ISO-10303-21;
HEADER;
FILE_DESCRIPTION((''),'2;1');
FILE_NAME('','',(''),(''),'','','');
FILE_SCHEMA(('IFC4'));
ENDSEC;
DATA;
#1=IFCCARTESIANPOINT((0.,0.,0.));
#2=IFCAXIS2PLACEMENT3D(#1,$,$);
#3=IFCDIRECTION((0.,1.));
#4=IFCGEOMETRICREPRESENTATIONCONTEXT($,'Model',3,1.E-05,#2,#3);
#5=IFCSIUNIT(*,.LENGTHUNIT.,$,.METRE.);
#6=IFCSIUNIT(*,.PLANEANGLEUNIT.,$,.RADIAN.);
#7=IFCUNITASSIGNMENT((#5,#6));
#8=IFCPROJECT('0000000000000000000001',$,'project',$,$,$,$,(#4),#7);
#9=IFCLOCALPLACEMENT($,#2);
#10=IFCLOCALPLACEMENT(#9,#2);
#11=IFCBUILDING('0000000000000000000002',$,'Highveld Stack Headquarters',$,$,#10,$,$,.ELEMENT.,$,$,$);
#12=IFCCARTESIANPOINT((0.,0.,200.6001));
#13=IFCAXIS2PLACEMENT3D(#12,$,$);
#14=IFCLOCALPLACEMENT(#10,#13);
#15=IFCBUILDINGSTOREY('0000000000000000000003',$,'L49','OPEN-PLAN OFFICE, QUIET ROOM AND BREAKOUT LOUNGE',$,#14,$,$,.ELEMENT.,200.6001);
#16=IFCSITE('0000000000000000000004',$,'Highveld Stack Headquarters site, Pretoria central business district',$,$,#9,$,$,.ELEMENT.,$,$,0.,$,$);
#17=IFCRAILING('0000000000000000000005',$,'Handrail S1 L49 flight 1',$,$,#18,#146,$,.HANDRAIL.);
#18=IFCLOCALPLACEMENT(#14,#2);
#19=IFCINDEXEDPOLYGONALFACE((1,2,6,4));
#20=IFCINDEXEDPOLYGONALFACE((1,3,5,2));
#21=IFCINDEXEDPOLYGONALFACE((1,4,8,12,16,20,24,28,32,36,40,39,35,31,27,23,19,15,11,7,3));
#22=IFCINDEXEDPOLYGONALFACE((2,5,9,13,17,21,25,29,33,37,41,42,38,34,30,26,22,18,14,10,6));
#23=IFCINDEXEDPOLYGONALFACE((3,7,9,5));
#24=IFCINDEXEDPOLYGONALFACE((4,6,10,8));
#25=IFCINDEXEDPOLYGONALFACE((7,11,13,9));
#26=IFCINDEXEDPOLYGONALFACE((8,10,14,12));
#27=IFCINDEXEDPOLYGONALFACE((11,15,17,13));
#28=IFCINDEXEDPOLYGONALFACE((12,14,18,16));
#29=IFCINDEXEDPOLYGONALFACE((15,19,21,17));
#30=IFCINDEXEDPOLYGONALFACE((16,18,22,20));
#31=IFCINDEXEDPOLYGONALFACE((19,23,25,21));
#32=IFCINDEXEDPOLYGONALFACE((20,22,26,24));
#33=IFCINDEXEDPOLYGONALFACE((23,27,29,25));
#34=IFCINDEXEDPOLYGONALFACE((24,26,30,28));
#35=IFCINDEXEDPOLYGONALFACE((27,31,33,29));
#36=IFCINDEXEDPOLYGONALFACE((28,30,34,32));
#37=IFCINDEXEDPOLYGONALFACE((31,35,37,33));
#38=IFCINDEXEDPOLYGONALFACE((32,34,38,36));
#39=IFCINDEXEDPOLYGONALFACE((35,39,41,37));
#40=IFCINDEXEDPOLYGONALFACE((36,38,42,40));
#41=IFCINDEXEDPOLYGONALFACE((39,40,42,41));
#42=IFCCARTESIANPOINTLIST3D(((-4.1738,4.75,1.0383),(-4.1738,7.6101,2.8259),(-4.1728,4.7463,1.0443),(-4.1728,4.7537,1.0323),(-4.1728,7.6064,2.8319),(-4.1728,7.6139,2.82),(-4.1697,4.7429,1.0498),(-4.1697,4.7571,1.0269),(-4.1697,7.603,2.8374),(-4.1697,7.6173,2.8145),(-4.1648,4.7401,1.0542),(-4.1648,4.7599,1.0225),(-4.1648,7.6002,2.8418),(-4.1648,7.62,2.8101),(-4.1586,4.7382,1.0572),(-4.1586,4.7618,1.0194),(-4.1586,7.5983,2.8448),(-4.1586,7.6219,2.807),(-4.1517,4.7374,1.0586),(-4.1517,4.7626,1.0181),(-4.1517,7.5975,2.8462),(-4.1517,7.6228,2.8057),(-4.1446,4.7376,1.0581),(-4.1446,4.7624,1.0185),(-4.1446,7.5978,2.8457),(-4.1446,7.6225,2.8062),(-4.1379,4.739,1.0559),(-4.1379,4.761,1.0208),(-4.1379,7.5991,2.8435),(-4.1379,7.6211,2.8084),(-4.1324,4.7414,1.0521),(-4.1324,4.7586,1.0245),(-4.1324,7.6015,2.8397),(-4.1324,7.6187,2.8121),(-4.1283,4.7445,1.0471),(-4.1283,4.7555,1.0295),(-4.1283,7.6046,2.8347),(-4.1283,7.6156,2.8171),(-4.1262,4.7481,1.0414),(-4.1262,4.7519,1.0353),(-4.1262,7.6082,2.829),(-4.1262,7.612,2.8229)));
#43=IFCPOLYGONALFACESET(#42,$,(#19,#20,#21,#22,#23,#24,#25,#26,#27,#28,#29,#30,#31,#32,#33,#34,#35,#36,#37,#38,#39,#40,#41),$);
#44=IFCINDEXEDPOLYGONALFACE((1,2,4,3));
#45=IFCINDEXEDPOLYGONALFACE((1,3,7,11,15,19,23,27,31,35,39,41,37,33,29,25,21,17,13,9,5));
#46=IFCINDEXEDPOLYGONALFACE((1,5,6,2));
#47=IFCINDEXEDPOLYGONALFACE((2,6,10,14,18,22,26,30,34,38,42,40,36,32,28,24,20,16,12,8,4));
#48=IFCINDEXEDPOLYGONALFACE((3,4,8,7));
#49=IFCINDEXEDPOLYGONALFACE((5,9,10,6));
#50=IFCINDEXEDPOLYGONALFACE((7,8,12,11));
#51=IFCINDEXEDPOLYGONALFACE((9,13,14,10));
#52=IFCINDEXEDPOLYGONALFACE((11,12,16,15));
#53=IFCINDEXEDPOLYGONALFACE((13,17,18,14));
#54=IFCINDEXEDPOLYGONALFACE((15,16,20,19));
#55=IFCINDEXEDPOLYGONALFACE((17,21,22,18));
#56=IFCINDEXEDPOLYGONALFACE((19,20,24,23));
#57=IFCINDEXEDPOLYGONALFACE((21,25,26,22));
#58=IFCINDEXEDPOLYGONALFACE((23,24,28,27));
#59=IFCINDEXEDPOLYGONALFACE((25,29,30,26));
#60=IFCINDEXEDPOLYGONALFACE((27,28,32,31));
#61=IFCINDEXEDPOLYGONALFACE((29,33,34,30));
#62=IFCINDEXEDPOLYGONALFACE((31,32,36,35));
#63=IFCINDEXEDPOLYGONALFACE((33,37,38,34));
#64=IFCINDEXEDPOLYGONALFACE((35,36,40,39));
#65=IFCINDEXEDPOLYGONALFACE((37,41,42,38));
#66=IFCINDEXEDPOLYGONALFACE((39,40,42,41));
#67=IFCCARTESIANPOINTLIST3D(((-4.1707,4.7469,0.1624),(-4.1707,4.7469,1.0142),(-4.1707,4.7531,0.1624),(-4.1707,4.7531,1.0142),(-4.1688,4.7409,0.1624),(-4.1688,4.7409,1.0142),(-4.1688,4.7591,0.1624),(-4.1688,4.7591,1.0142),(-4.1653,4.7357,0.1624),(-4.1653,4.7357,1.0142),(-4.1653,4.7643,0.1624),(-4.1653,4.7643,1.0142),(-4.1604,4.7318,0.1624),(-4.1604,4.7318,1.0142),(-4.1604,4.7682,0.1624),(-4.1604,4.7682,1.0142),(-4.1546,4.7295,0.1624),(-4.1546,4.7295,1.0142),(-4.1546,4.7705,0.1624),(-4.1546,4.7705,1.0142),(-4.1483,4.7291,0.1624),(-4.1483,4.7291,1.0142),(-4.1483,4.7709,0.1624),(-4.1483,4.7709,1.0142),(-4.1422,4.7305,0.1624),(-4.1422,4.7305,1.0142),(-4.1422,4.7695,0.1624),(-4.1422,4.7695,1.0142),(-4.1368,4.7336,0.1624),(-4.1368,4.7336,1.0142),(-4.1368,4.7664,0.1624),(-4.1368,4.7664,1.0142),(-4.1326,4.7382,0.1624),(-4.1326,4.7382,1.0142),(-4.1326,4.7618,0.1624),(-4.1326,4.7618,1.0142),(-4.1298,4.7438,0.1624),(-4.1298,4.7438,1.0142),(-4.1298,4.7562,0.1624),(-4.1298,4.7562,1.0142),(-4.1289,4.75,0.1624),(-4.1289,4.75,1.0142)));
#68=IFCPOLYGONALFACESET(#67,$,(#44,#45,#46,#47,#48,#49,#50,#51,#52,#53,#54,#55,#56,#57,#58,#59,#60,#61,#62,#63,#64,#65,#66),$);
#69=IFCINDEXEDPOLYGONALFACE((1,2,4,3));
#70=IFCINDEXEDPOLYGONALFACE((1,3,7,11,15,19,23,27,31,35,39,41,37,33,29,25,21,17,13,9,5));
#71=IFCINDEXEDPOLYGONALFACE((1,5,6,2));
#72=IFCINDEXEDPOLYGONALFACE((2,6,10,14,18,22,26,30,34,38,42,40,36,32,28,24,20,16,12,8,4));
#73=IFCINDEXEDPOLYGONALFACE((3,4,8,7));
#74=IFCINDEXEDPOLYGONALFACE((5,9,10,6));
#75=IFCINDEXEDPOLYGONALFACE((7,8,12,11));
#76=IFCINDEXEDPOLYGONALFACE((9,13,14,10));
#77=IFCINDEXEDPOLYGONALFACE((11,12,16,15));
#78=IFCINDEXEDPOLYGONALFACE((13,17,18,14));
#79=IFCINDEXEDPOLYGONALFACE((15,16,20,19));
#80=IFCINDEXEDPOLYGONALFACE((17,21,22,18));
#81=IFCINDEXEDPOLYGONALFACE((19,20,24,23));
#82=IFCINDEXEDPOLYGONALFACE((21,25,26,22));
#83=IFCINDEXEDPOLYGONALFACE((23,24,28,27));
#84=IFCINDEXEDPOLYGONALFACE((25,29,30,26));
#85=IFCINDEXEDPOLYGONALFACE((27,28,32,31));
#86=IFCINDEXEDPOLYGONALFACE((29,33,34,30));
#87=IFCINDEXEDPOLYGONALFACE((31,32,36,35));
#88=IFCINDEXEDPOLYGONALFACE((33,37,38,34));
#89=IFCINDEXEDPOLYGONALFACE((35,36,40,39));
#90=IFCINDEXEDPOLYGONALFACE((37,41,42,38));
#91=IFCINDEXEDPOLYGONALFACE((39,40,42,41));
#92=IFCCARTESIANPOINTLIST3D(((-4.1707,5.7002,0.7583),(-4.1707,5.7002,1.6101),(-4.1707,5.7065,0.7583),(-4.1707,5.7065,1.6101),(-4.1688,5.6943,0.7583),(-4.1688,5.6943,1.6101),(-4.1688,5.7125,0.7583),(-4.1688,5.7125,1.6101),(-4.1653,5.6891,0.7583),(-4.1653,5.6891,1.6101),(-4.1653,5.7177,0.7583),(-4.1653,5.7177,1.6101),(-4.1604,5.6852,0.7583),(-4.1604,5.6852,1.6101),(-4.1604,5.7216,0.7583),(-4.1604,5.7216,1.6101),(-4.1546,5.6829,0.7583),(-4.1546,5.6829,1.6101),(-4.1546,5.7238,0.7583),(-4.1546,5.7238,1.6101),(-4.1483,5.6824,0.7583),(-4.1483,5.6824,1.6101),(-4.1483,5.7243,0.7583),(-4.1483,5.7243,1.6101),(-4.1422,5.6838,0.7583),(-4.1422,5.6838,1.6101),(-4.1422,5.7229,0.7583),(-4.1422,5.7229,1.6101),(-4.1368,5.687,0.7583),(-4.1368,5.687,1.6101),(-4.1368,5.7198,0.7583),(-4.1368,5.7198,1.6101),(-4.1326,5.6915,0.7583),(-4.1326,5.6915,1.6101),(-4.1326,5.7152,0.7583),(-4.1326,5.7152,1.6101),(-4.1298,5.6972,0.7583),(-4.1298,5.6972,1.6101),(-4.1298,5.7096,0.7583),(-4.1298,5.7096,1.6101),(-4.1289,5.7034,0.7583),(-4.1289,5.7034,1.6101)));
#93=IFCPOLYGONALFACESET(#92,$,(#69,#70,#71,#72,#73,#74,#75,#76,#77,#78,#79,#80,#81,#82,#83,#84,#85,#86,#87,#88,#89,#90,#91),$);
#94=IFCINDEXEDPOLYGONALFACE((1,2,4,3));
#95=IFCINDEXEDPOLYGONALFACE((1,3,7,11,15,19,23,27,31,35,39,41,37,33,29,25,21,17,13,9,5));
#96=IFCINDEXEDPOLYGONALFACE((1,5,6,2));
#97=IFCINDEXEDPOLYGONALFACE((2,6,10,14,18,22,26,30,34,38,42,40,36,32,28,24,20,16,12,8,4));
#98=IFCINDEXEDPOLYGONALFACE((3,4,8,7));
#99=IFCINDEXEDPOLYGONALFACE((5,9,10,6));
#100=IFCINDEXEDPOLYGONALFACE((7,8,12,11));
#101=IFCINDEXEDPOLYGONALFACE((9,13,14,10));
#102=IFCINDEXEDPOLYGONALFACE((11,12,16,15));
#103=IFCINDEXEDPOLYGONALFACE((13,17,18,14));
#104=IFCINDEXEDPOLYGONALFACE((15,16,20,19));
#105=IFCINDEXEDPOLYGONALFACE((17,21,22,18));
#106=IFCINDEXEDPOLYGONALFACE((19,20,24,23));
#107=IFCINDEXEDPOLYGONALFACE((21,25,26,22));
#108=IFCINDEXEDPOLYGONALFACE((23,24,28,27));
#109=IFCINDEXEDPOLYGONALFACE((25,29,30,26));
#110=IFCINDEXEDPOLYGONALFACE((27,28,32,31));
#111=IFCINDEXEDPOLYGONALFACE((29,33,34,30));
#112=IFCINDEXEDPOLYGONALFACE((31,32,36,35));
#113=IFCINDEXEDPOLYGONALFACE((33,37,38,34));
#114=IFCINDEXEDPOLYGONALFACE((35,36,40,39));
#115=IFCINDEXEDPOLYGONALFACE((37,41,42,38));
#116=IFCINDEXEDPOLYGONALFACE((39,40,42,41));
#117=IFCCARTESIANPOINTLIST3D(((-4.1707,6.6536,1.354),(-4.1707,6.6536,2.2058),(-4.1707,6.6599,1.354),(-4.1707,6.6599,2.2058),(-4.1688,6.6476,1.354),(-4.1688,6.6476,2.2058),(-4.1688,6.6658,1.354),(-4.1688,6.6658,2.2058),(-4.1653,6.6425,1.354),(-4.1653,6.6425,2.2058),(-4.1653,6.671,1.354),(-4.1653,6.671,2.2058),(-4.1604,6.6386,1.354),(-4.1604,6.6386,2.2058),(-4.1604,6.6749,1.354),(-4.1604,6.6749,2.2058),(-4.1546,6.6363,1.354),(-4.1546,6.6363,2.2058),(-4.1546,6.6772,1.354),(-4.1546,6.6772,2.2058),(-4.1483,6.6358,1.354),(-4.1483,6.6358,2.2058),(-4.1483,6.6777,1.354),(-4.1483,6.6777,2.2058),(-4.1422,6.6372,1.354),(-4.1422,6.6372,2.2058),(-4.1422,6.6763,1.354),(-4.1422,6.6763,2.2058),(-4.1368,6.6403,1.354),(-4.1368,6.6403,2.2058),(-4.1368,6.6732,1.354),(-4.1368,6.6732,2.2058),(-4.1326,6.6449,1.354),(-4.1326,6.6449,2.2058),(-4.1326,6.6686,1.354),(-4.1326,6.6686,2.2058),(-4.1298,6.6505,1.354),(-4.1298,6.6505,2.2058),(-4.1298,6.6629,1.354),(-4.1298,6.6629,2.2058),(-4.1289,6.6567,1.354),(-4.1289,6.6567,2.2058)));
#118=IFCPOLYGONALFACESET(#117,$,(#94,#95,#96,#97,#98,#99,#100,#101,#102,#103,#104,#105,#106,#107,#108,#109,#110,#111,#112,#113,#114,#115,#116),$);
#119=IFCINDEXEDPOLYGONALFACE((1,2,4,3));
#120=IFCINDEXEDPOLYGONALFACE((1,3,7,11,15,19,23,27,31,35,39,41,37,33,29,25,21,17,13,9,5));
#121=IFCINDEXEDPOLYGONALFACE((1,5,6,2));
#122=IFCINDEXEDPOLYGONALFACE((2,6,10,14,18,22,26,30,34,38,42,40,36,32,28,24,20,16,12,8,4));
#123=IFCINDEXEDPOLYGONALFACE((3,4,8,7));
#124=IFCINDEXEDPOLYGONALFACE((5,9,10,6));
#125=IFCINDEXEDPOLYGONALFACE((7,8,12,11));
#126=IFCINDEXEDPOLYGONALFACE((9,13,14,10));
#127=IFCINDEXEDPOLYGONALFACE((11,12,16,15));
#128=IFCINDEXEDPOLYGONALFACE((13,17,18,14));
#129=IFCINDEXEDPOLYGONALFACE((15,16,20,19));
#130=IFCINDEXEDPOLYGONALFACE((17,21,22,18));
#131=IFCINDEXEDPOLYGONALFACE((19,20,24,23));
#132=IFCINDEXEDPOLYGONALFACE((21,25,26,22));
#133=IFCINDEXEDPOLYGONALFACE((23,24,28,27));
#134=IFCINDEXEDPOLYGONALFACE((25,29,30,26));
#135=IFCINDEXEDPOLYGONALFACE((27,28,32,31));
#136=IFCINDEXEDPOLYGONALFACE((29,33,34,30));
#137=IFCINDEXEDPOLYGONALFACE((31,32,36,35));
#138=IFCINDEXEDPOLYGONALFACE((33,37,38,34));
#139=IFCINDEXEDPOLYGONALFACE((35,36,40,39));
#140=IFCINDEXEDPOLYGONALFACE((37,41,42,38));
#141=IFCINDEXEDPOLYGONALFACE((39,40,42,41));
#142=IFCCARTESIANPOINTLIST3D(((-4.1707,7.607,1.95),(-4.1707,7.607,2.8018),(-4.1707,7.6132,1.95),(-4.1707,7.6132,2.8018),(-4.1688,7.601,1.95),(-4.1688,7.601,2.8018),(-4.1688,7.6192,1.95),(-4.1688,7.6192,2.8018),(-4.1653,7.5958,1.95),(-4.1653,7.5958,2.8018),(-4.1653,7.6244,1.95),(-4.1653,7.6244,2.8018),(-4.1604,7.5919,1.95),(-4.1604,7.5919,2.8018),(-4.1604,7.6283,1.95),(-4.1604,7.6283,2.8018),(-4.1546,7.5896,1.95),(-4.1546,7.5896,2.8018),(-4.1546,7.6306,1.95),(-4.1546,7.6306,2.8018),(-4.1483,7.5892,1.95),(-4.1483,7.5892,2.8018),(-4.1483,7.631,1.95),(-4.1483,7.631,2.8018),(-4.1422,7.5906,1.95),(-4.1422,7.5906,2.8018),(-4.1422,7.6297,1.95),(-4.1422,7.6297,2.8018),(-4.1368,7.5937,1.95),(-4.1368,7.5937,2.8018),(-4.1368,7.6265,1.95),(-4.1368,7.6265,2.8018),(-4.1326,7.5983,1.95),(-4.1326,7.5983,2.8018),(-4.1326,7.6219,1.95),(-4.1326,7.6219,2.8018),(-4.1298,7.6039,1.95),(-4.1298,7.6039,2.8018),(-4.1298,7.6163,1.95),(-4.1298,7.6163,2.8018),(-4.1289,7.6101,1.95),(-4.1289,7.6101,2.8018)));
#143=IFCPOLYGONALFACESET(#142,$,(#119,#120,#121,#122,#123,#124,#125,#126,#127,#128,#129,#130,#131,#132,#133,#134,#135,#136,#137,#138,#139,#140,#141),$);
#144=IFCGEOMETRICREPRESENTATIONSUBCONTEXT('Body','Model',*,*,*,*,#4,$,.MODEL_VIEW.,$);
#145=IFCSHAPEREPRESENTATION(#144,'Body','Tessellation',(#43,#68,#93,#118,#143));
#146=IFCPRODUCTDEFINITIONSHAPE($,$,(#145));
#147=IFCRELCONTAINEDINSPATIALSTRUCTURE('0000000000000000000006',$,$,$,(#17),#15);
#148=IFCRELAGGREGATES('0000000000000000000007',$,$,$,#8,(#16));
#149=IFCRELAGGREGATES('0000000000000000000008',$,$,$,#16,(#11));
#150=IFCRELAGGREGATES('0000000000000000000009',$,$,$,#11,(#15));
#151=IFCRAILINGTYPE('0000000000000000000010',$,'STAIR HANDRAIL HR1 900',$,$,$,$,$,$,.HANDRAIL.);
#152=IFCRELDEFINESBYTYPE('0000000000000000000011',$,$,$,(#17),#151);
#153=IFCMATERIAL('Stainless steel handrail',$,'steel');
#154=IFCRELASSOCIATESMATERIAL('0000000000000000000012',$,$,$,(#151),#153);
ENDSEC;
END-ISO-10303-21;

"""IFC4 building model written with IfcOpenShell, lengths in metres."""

from ifc_helpers import new_model, si_unit, direction, frame, origin, origin_2d, place, context, subcontext, project, spatial, circle, extrude, material, type_object, element, save


model = new_model("IFC4")

# Units and contexts
model_context = context("Model", 3, precision=1e-05, world=origin(), true_north=direction((0.0, 1.0)))
body_context = subcontext(model_context, "Body", "Model", "MODEL_VIEW")
ifc_project = project(units=[si_unit("LENGTHUNIT", "METRE"), si_unit("PLANEANGLEUNIT", "RADIAN")], contexts=[model_context])

# Site, building, storey
site_placement = place(None, origin())
site = spatial("IfcSite", under=ifc_project, at=site_placement, Name="Highveld Stack Headquarters site, Pretoria central business district", CompositionType="ELEMENT", RefElevation=0.0)
building_placement = place(site_placement, origin())
building = spatial("IfcBuilding", under=site, at=building_placement, Name="Highveld Stack Headquarters", CompositionType="ELEMENT")
storey_placement = place(building_placement, frame((0.0, 0.0, 200.6001)))
storey = spatial("IfcBuildingStorey", under=building, at=storey_placement, Name="L49", Description="OPEN-PLAN OFFICE, QUIET ROOM AND BREAKOUT LOUNGE", CompositionType="ELEMENT", Elevation=200.6001)

# Railing
ifc_material_1 = material(Name="Stainless steel handrail", Category="steel")
railing_type = type_object("IfcRailingType", Name="STAIR HANDRAIL HR1 900", PredefinedType="HANDRAIL", material=ifc_material_1)
for number, where, name in (
    (1, (-4.1499, 4.75, 0.1624), "Handrail S1 L49 flight 1"),
):
    element("IfcRailing", number, at=place(storey_placement, frame(where)), inside=storey, type_object=railing_type, Name=name, PredefinedType="HANDRAIL", context=body_context, shape_type="SweptSolid", body=[
        extrude(circle(Radius=0.0239, at=origin_2d()), frame((0.0, 0.0, 0.876), z_axis=(0.0, 0.847994, 0.530005), x_axis=(-1.0, 0.0, 0.0)), (0.0, 0.0, 1.0), 3.3728),
        extrude(circle(Radius=0.021, at=origin_2d()), origin(), (0.0, 0.0, 1.0), 0.8518),
        extrude(circle(Radius=0.021, at=origin_2d()), frame((0.0, 0.9534, 0.5959)), (0.0, 0.0, 1.0), 0.8518),
        extrude(circle(Radius=0.021, at=origin_2d()), frame((0.0, 1.9067, 1.1917)), (0.0, 0.0, 1.0), 0.8518),
        extrude(circle(Radius=0.021, at=origin_2d()), frame((0.0, 2.8601, 1.7876)), (0.0, 0.0, 1.0), 0.8518),
    ])

save(model, "model.ifc")
